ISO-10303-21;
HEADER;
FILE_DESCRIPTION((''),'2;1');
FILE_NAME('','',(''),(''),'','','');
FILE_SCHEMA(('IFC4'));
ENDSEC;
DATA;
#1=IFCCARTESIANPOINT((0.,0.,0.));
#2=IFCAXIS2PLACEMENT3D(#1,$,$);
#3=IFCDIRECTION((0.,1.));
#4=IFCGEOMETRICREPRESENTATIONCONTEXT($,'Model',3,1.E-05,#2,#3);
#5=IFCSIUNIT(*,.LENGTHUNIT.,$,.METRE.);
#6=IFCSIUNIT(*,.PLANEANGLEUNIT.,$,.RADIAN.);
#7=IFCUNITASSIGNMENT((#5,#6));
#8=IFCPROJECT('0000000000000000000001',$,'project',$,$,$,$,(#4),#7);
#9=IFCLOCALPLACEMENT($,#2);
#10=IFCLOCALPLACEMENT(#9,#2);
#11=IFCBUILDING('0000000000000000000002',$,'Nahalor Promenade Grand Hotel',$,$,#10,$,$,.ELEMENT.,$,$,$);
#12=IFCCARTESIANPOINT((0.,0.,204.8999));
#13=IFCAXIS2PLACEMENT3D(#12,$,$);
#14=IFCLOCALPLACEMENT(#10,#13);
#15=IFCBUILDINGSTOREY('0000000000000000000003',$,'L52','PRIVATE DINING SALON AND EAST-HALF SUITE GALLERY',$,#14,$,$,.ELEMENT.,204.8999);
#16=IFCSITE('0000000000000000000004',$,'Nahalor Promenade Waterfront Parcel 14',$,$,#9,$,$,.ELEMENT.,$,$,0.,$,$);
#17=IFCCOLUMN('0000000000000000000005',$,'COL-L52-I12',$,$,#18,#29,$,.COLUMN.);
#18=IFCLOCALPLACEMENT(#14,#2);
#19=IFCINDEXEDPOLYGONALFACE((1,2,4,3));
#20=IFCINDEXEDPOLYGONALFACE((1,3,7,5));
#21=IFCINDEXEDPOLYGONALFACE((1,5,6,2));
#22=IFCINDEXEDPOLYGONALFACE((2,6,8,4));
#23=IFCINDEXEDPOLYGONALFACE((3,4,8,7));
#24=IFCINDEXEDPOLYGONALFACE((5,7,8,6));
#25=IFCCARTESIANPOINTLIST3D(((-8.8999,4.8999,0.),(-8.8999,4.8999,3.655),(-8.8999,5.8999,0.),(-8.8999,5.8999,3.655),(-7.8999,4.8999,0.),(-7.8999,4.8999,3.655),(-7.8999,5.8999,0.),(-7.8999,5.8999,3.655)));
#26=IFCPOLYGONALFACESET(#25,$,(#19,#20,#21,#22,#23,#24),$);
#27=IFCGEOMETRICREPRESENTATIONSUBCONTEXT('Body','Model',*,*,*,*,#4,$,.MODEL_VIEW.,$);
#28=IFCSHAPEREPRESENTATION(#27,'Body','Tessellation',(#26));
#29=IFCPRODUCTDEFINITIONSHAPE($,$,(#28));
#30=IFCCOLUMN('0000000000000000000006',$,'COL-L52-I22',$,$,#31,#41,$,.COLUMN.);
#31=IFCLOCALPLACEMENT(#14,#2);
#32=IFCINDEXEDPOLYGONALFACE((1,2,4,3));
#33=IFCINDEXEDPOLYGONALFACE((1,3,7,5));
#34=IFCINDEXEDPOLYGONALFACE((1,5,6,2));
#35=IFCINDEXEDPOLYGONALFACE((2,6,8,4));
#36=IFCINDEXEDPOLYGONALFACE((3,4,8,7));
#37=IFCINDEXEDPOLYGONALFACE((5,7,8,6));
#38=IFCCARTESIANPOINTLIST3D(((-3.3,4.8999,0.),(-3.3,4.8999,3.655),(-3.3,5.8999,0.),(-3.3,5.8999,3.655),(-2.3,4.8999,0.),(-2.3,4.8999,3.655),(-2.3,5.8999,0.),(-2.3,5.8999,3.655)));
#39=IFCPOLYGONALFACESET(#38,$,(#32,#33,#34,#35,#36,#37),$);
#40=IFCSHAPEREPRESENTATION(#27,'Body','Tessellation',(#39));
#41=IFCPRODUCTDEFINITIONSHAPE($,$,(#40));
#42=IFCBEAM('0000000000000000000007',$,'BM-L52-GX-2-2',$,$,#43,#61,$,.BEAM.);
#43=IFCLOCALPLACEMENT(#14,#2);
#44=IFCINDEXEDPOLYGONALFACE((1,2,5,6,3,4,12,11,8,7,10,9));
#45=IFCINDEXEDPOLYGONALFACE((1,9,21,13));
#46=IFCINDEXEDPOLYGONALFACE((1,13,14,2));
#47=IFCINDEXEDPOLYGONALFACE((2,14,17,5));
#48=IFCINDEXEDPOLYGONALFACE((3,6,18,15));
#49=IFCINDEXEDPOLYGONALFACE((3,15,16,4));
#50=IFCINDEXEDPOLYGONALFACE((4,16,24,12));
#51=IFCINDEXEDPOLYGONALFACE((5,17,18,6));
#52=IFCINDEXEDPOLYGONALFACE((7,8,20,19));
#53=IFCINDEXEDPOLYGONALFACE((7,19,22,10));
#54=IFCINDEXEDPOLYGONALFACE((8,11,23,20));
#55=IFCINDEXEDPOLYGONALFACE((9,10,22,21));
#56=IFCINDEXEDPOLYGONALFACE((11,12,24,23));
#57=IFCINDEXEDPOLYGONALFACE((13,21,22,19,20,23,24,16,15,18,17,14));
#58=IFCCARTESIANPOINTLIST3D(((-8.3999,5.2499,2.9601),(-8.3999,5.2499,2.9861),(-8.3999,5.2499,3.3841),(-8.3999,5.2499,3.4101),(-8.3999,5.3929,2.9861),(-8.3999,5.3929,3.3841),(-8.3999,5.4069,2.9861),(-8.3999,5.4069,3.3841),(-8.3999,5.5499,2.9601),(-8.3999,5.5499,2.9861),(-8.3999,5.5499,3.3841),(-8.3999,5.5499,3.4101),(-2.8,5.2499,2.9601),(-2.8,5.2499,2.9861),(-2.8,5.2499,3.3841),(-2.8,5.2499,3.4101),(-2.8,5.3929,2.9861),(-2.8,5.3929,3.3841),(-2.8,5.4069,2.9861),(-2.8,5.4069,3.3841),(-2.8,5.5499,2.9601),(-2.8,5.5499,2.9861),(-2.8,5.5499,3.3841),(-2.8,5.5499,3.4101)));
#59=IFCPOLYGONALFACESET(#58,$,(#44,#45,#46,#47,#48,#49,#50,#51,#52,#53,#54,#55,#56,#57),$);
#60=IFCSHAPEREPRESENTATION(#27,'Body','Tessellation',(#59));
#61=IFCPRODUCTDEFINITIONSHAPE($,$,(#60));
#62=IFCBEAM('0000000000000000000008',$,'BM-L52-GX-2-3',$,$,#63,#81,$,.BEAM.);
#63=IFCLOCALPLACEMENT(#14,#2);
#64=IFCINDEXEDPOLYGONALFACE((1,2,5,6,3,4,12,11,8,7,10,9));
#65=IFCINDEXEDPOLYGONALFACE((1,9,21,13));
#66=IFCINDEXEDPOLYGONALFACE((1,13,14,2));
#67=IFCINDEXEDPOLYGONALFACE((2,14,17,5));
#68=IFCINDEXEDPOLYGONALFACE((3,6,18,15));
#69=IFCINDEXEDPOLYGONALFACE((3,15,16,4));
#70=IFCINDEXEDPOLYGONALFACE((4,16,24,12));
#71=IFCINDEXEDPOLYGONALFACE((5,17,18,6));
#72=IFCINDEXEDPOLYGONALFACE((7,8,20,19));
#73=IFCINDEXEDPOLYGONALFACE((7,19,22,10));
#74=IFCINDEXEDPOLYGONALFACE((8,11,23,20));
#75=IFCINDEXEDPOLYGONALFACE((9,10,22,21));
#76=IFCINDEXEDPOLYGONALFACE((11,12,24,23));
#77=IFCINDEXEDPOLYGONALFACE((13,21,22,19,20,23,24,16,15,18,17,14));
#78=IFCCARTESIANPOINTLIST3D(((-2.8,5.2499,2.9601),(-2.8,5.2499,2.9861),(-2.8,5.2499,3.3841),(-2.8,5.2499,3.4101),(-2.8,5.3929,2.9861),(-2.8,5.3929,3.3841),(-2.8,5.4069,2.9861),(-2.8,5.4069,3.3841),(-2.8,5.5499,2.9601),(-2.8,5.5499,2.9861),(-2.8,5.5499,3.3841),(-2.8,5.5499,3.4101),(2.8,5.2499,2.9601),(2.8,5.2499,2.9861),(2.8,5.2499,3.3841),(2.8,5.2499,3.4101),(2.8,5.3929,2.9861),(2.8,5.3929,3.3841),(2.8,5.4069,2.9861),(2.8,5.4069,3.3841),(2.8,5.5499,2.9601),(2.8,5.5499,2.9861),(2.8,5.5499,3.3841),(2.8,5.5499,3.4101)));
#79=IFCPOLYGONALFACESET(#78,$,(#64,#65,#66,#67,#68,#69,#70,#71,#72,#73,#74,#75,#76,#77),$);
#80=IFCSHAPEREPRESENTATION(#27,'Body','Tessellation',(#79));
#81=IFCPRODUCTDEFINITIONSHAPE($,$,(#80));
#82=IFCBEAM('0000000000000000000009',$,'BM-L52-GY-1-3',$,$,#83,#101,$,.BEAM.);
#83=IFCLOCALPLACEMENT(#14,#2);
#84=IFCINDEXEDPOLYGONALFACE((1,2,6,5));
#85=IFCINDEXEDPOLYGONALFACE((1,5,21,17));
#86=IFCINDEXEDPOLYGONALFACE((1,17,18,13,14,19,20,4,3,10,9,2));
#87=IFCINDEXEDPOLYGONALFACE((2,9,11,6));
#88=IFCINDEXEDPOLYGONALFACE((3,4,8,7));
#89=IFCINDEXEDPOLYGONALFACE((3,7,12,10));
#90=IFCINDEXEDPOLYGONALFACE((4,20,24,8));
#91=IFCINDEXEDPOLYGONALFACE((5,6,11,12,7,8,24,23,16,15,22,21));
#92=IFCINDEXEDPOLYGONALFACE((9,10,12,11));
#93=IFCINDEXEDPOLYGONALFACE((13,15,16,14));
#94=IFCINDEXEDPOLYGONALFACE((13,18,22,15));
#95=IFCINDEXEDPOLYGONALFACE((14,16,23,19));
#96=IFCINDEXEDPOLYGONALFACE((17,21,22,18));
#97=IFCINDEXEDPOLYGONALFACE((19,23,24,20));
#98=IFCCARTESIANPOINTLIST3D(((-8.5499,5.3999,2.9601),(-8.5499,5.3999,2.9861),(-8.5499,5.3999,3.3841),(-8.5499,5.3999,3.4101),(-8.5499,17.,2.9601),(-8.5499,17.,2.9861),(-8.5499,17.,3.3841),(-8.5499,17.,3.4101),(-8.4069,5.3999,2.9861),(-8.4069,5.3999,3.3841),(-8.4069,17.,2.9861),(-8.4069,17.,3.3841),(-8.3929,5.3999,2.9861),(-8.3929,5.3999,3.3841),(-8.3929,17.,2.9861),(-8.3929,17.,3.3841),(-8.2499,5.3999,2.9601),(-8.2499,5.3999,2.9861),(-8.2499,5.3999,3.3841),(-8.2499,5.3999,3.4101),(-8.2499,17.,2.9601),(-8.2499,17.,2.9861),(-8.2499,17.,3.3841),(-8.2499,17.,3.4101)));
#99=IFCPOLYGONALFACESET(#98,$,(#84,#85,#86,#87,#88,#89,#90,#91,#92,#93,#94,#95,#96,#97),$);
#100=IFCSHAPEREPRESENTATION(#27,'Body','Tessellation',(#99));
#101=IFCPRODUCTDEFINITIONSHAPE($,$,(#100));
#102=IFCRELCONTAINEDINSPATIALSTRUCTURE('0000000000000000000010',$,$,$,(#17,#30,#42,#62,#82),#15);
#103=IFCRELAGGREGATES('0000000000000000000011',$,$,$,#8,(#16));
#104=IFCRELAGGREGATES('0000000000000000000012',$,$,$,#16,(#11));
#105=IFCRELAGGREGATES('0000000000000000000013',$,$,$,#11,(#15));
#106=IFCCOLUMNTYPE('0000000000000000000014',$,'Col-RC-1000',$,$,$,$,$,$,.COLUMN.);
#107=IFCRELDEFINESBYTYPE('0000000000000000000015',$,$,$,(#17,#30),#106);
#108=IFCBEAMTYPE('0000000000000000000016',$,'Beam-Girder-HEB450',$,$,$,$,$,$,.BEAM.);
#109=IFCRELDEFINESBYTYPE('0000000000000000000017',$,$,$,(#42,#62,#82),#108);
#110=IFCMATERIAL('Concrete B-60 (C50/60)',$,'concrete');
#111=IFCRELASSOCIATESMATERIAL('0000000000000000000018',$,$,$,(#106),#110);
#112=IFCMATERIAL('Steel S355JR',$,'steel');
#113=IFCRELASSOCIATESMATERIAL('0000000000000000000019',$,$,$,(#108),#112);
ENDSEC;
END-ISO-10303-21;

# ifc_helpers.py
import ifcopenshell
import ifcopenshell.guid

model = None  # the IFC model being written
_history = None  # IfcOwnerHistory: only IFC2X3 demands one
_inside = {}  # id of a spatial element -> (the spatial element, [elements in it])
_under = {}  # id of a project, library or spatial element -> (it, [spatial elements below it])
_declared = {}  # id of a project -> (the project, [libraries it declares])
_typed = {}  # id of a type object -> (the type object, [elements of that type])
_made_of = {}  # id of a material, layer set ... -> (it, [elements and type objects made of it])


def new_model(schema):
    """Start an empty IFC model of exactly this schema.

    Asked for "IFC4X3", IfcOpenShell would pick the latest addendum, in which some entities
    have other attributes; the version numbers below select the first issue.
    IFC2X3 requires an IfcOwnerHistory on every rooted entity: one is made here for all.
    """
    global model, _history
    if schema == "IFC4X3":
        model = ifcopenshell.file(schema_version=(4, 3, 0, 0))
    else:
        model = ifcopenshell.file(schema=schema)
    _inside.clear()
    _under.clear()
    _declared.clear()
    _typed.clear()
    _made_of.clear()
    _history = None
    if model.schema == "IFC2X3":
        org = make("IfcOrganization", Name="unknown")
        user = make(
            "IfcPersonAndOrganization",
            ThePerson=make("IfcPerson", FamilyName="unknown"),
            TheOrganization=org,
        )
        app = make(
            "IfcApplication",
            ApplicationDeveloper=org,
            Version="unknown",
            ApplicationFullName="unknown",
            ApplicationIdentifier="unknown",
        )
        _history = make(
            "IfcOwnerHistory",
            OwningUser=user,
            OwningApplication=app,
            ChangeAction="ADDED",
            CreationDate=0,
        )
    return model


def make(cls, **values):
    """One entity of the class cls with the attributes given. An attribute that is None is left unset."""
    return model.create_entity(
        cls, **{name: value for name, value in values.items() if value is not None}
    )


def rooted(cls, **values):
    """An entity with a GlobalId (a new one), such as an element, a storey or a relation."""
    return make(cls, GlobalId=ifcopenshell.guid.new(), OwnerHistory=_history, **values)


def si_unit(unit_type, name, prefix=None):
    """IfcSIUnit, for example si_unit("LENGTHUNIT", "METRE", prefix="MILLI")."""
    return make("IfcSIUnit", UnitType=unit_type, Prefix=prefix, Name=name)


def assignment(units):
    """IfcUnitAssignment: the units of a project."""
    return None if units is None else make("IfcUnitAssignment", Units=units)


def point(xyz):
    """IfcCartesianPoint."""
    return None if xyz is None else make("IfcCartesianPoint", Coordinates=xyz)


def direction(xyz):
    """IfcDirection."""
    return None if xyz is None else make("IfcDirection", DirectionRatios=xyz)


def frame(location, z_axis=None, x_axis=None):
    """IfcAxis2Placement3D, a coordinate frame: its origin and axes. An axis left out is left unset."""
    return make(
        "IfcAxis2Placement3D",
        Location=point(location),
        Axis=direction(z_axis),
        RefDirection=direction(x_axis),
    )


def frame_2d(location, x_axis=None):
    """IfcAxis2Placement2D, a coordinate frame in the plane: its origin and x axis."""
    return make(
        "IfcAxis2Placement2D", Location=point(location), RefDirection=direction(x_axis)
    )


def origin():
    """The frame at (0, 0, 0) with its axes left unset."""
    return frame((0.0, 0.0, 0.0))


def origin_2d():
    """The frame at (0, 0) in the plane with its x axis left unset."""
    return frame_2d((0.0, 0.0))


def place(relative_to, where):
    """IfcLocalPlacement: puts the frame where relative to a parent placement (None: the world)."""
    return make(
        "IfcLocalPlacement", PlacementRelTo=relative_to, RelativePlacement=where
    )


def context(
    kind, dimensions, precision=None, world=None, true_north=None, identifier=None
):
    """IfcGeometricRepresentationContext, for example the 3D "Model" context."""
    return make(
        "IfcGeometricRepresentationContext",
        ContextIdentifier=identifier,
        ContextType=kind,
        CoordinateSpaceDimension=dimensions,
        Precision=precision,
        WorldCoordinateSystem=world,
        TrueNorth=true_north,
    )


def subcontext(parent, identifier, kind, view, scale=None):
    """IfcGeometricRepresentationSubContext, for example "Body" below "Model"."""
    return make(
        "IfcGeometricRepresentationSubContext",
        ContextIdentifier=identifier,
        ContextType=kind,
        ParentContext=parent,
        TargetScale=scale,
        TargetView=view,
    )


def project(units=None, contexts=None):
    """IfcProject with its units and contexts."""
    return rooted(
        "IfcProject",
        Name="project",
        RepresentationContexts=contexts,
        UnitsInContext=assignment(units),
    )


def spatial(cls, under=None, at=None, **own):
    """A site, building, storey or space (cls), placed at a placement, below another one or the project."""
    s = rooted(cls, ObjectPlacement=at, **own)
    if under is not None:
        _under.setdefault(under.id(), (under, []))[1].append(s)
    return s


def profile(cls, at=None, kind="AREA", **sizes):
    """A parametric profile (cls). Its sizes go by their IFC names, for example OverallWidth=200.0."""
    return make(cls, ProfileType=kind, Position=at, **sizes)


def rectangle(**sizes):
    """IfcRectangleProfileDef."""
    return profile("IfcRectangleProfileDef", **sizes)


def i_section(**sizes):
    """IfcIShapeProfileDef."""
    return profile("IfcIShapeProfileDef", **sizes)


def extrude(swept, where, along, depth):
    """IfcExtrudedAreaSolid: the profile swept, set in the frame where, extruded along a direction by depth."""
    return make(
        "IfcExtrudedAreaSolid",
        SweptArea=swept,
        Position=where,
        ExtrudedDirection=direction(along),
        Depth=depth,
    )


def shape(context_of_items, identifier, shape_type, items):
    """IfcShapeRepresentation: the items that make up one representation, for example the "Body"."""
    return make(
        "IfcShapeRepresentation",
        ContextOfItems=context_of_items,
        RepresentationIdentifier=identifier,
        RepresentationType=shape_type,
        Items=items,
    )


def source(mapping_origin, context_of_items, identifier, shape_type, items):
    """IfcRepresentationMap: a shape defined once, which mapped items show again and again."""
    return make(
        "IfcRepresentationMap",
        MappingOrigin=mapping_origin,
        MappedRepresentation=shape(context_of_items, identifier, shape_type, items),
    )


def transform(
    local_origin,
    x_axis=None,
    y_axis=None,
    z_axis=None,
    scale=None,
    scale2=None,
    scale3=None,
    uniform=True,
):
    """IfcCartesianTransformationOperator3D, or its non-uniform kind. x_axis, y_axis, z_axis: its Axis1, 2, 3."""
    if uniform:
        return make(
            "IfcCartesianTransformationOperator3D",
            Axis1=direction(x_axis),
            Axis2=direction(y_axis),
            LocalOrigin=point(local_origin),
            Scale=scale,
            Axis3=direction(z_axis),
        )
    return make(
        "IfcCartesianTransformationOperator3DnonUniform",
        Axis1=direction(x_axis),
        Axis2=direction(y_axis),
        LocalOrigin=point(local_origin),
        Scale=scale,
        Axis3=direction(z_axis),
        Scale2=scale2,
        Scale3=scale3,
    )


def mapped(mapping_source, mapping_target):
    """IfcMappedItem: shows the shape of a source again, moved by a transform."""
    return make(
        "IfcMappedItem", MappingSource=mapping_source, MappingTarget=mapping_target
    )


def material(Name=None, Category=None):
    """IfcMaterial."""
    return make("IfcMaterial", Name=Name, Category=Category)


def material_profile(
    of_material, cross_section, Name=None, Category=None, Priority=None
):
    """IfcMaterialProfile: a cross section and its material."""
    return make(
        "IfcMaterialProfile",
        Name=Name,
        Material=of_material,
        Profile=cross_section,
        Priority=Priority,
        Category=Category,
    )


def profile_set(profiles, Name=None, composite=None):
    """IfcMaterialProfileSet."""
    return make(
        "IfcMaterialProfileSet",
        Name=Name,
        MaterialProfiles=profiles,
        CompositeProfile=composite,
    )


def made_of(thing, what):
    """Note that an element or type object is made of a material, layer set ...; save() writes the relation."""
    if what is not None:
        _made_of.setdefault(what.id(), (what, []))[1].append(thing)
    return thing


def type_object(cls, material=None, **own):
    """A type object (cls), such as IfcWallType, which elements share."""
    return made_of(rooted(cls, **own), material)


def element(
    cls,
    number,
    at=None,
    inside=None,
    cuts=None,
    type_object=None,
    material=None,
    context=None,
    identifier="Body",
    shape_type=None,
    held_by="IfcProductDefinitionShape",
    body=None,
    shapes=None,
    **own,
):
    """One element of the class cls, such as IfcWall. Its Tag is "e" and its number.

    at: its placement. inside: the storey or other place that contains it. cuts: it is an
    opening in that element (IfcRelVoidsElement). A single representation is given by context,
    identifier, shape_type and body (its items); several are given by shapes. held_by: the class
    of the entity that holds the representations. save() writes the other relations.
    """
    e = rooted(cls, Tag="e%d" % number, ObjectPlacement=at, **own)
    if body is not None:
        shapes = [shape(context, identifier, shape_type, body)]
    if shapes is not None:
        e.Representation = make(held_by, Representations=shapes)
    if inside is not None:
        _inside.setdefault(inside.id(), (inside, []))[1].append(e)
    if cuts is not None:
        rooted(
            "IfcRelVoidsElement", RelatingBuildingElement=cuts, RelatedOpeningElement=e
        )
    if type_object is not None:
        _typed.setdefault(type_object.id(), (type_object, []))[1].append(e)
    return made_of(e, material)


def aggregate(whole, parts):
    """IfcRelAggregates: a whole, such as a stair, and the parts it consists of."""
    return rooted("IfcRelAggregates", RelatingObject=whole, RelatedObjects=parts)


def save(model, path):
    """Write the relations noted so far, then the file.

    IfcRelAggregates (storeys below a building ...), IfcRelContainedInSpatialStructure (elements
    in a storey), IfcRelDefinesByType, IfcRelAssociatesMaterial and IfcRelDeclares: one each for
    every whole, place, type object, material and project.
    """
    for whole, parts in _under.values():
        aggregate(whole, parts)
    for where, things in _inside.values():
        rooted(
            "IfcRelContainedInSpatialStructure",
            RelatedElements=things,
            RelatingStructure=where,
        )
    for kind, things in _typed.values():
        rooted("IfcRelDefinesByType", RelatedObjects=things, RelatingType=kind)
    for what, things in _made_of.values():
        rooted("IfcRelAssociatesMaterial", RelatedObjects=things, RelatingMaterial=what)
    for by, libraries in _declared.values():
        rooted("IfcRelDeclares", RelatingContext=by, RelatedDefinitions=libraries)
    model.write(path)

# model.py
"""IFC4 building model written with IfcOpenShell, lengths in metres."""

from ifc_helpers import new_model, si_unit, direction, frame, origin, origin_2d, place, context, subcontext, project, spatial, rectangle, i_section, extrude, source, transform, mapped, material, material_profile, profile_set, type_object, element, save


model = new_model("IFC4")

# Units and contexts
model_context = context("Model", 3, precision=1e-05, world=origin(), true_north=direction((0.0, 1.0)))
body_context = subcontext(model_context, "Body", "Model", "MODEL_VIEW")
ifc_project = project(units=[si_unit("LENGTHUNIT", "METRE"), si_unit("PLANEANGLEUNIT", "RADIAN")], contexts=[model_context])

# Site, building, storey
site_placement = place(None, origin())
site = spatial("IfcSite", under=ifc_project, at=site_placement, Name="Nahalor Promenade Waterfront Parcel 14", CompositionType="ELEMENT", RefElevation=0.0)
building_placement = place(site_placement, origin())
building = spatial("IfcBuilding", under=site, at=building_placement, Name="Nahalor Promenade Grand Hotel", CompositionType="ELEMENT")
storey_placement = place(building_placement, frame((0.0, 0.0, 204.8999)))
storey = spatial("IfcBuildingStorey", under=building, at=storey_placement, Name="L52", Description="PRIVATE DINING SALON AND EAST-HALF SUITE GALLERY", CompositionType="ELEMENT", Elevation=204.8999)

# Columns
ifc_material_1 = material(Name="Concrete B-60 (C50/60)", Category="concrete")
ifc_material_profile_1 = material_profile(ifc_material_1, rectangle(XDim=1.0, YDim=1.0, at=origin_2d()), Name="RC 1000x1000")
ifc_profile_set_1 = profile_set([ifc_material_profile_1], Name="Concrete B-60 (C50/60)")
column_type = type_object("IfcColumnType", Name="Col-RC-1000", PredefinedType="COLUMN", material=ifc_profile_set_1)
shared_shape_1 = source(origin(), body_context, "Body", "SweptSolid", [
    extrude(rectangle(XDim=1.0, YDim=1.0, at=origin_2d()), origin(), (0.0, 0.0, 1.0), 3.655),
])
for number, where, z_axis, x_axis, name in (
    (1, (-8.3999, 5.3999, 0.0), (0.0, 0.0, 1.0), (1.0, 0.0, 0.0), "COL-L52-I12"),
    (2, (-2.8, 5.3999, 0.0), (0.0, 0.0, 1.0), (1.0, 0.0, 0.0), "COL-L52-I22"),
):
    element("IfcColumn", number, at=place(storey_placement, frame(where, z_axis=z_axis, x_axis=x_axis)), inside=storey, type_object=column_type, Name=name, PredefinedType="COLUMN", context=body_context, shape_type="MappedRepresentation", body=[
        mapped(shared_shape_1, transform((0.0, 0.0, 0.0), scale=1.0)),
    ])

# Beams
ifc_material_2 = material(Name="Steel S355JR", Category="steel")
ifc_material_profile_2 = material_profile(ifc_material_2, i_section(OverallWidth=0.3, OverallDepth=0.45, WebThickness=0.014, FlangeThickness=0.026, at=origin_2d()), Name="HEB 450")
ifc_profile_set_2 = profile_set([ifc_material_profile_2], Name="Steel S355JR")
beam_type = type_object("IfcBeamType", Name="Beam-Girder-HEB450", PredefinedType="BEAM", material=ifc_profile_set_2)
shared_shape_2 = source(origin(), body_context, "Body", "SweptSolid", [
    extrude(i_section(OverallWidth=0.3, OverallDepth=0.45, WebThickness=0.014, FlangeThickness=0.026, at=origin_2d()), origin(), (0.0, 0.0, 1.0), 5.5999),
])
beam_1_placement = place(storey_placement, frame((-8.3999, 5.3999, 3.1851), z_axis=(1.0, 0.0, 0.0), x_axis=(0.0, 1.0, 0.0)))
element("IfcBeam", 3, at=beam_1_placement, inside=storey, type_object=beam_type, Name="BM-L52-GX-2-2", PredefinedType="BEAM", context=body_context, shape_type="MappedRepresentation", body=[
    mapped(shared_shape_2, transform((0.0, 0.0, 0.0), scale=1.0)),
])
shared_shape_3 = source(origin(), body_context, "Body", "SweptSolid", [
    extrude(i_section(OverallWidth=0.3, OverallDepth=0.45, WebThickness=0.014, FlangeThickness=0.026, at=origin_2d()), origin(), (0.0, 0.0, 1.0), 5.6001),
])
beam_2_placement = place(storey_placement, frame((-2.8, 5.3999, 3.1851), z_axis=(1.0, 0.0, 0.0), x_axis=(0.0, 1.0, 0.0)))
element("IfcBeam", 4, at=beam_2_placement, inside=storey, type_object=beam_type, Name="BM-L52-GX-2-3", PredefinedType="BEAM", context=body_context, shape_type="MappedRepresentation", body=[
    mapped(shared_shape_3, transform((0.0, 0.0, 0.0), scale=1.0)),
])
shared_shape_4 = source(origin(), body_context, "Body", "SweptSolid", [
    extrude(i_section(OverallWidth=0.3, OverallDepth=0.45, WebThickness=0.014, FlangeThickness=0.026, at=origin_2d()), origin(), (0.0, 0.0, 1.0), 11.6001),
])
beam_3_placement = place(storey_placement, frame((-8.3999, 5.3999, 3.1851), z_axis=(0.0, 1.0, 0.0), x_axis=(-1.0, 0.0, 0.0)))
element("IfcBeam", 5, at=beam_3_placement, inside=storey, type_object=beam_type, Name="BM-L52-GY-1-3", PredefinedType="BEAM", context=body_context, shape_type="MappedRepresentation", body=[
    mapped(shared_shape_4, transform((0.0, 0.0, 0.0), scale=1.0)),
])

save(model, "model.ifc")
